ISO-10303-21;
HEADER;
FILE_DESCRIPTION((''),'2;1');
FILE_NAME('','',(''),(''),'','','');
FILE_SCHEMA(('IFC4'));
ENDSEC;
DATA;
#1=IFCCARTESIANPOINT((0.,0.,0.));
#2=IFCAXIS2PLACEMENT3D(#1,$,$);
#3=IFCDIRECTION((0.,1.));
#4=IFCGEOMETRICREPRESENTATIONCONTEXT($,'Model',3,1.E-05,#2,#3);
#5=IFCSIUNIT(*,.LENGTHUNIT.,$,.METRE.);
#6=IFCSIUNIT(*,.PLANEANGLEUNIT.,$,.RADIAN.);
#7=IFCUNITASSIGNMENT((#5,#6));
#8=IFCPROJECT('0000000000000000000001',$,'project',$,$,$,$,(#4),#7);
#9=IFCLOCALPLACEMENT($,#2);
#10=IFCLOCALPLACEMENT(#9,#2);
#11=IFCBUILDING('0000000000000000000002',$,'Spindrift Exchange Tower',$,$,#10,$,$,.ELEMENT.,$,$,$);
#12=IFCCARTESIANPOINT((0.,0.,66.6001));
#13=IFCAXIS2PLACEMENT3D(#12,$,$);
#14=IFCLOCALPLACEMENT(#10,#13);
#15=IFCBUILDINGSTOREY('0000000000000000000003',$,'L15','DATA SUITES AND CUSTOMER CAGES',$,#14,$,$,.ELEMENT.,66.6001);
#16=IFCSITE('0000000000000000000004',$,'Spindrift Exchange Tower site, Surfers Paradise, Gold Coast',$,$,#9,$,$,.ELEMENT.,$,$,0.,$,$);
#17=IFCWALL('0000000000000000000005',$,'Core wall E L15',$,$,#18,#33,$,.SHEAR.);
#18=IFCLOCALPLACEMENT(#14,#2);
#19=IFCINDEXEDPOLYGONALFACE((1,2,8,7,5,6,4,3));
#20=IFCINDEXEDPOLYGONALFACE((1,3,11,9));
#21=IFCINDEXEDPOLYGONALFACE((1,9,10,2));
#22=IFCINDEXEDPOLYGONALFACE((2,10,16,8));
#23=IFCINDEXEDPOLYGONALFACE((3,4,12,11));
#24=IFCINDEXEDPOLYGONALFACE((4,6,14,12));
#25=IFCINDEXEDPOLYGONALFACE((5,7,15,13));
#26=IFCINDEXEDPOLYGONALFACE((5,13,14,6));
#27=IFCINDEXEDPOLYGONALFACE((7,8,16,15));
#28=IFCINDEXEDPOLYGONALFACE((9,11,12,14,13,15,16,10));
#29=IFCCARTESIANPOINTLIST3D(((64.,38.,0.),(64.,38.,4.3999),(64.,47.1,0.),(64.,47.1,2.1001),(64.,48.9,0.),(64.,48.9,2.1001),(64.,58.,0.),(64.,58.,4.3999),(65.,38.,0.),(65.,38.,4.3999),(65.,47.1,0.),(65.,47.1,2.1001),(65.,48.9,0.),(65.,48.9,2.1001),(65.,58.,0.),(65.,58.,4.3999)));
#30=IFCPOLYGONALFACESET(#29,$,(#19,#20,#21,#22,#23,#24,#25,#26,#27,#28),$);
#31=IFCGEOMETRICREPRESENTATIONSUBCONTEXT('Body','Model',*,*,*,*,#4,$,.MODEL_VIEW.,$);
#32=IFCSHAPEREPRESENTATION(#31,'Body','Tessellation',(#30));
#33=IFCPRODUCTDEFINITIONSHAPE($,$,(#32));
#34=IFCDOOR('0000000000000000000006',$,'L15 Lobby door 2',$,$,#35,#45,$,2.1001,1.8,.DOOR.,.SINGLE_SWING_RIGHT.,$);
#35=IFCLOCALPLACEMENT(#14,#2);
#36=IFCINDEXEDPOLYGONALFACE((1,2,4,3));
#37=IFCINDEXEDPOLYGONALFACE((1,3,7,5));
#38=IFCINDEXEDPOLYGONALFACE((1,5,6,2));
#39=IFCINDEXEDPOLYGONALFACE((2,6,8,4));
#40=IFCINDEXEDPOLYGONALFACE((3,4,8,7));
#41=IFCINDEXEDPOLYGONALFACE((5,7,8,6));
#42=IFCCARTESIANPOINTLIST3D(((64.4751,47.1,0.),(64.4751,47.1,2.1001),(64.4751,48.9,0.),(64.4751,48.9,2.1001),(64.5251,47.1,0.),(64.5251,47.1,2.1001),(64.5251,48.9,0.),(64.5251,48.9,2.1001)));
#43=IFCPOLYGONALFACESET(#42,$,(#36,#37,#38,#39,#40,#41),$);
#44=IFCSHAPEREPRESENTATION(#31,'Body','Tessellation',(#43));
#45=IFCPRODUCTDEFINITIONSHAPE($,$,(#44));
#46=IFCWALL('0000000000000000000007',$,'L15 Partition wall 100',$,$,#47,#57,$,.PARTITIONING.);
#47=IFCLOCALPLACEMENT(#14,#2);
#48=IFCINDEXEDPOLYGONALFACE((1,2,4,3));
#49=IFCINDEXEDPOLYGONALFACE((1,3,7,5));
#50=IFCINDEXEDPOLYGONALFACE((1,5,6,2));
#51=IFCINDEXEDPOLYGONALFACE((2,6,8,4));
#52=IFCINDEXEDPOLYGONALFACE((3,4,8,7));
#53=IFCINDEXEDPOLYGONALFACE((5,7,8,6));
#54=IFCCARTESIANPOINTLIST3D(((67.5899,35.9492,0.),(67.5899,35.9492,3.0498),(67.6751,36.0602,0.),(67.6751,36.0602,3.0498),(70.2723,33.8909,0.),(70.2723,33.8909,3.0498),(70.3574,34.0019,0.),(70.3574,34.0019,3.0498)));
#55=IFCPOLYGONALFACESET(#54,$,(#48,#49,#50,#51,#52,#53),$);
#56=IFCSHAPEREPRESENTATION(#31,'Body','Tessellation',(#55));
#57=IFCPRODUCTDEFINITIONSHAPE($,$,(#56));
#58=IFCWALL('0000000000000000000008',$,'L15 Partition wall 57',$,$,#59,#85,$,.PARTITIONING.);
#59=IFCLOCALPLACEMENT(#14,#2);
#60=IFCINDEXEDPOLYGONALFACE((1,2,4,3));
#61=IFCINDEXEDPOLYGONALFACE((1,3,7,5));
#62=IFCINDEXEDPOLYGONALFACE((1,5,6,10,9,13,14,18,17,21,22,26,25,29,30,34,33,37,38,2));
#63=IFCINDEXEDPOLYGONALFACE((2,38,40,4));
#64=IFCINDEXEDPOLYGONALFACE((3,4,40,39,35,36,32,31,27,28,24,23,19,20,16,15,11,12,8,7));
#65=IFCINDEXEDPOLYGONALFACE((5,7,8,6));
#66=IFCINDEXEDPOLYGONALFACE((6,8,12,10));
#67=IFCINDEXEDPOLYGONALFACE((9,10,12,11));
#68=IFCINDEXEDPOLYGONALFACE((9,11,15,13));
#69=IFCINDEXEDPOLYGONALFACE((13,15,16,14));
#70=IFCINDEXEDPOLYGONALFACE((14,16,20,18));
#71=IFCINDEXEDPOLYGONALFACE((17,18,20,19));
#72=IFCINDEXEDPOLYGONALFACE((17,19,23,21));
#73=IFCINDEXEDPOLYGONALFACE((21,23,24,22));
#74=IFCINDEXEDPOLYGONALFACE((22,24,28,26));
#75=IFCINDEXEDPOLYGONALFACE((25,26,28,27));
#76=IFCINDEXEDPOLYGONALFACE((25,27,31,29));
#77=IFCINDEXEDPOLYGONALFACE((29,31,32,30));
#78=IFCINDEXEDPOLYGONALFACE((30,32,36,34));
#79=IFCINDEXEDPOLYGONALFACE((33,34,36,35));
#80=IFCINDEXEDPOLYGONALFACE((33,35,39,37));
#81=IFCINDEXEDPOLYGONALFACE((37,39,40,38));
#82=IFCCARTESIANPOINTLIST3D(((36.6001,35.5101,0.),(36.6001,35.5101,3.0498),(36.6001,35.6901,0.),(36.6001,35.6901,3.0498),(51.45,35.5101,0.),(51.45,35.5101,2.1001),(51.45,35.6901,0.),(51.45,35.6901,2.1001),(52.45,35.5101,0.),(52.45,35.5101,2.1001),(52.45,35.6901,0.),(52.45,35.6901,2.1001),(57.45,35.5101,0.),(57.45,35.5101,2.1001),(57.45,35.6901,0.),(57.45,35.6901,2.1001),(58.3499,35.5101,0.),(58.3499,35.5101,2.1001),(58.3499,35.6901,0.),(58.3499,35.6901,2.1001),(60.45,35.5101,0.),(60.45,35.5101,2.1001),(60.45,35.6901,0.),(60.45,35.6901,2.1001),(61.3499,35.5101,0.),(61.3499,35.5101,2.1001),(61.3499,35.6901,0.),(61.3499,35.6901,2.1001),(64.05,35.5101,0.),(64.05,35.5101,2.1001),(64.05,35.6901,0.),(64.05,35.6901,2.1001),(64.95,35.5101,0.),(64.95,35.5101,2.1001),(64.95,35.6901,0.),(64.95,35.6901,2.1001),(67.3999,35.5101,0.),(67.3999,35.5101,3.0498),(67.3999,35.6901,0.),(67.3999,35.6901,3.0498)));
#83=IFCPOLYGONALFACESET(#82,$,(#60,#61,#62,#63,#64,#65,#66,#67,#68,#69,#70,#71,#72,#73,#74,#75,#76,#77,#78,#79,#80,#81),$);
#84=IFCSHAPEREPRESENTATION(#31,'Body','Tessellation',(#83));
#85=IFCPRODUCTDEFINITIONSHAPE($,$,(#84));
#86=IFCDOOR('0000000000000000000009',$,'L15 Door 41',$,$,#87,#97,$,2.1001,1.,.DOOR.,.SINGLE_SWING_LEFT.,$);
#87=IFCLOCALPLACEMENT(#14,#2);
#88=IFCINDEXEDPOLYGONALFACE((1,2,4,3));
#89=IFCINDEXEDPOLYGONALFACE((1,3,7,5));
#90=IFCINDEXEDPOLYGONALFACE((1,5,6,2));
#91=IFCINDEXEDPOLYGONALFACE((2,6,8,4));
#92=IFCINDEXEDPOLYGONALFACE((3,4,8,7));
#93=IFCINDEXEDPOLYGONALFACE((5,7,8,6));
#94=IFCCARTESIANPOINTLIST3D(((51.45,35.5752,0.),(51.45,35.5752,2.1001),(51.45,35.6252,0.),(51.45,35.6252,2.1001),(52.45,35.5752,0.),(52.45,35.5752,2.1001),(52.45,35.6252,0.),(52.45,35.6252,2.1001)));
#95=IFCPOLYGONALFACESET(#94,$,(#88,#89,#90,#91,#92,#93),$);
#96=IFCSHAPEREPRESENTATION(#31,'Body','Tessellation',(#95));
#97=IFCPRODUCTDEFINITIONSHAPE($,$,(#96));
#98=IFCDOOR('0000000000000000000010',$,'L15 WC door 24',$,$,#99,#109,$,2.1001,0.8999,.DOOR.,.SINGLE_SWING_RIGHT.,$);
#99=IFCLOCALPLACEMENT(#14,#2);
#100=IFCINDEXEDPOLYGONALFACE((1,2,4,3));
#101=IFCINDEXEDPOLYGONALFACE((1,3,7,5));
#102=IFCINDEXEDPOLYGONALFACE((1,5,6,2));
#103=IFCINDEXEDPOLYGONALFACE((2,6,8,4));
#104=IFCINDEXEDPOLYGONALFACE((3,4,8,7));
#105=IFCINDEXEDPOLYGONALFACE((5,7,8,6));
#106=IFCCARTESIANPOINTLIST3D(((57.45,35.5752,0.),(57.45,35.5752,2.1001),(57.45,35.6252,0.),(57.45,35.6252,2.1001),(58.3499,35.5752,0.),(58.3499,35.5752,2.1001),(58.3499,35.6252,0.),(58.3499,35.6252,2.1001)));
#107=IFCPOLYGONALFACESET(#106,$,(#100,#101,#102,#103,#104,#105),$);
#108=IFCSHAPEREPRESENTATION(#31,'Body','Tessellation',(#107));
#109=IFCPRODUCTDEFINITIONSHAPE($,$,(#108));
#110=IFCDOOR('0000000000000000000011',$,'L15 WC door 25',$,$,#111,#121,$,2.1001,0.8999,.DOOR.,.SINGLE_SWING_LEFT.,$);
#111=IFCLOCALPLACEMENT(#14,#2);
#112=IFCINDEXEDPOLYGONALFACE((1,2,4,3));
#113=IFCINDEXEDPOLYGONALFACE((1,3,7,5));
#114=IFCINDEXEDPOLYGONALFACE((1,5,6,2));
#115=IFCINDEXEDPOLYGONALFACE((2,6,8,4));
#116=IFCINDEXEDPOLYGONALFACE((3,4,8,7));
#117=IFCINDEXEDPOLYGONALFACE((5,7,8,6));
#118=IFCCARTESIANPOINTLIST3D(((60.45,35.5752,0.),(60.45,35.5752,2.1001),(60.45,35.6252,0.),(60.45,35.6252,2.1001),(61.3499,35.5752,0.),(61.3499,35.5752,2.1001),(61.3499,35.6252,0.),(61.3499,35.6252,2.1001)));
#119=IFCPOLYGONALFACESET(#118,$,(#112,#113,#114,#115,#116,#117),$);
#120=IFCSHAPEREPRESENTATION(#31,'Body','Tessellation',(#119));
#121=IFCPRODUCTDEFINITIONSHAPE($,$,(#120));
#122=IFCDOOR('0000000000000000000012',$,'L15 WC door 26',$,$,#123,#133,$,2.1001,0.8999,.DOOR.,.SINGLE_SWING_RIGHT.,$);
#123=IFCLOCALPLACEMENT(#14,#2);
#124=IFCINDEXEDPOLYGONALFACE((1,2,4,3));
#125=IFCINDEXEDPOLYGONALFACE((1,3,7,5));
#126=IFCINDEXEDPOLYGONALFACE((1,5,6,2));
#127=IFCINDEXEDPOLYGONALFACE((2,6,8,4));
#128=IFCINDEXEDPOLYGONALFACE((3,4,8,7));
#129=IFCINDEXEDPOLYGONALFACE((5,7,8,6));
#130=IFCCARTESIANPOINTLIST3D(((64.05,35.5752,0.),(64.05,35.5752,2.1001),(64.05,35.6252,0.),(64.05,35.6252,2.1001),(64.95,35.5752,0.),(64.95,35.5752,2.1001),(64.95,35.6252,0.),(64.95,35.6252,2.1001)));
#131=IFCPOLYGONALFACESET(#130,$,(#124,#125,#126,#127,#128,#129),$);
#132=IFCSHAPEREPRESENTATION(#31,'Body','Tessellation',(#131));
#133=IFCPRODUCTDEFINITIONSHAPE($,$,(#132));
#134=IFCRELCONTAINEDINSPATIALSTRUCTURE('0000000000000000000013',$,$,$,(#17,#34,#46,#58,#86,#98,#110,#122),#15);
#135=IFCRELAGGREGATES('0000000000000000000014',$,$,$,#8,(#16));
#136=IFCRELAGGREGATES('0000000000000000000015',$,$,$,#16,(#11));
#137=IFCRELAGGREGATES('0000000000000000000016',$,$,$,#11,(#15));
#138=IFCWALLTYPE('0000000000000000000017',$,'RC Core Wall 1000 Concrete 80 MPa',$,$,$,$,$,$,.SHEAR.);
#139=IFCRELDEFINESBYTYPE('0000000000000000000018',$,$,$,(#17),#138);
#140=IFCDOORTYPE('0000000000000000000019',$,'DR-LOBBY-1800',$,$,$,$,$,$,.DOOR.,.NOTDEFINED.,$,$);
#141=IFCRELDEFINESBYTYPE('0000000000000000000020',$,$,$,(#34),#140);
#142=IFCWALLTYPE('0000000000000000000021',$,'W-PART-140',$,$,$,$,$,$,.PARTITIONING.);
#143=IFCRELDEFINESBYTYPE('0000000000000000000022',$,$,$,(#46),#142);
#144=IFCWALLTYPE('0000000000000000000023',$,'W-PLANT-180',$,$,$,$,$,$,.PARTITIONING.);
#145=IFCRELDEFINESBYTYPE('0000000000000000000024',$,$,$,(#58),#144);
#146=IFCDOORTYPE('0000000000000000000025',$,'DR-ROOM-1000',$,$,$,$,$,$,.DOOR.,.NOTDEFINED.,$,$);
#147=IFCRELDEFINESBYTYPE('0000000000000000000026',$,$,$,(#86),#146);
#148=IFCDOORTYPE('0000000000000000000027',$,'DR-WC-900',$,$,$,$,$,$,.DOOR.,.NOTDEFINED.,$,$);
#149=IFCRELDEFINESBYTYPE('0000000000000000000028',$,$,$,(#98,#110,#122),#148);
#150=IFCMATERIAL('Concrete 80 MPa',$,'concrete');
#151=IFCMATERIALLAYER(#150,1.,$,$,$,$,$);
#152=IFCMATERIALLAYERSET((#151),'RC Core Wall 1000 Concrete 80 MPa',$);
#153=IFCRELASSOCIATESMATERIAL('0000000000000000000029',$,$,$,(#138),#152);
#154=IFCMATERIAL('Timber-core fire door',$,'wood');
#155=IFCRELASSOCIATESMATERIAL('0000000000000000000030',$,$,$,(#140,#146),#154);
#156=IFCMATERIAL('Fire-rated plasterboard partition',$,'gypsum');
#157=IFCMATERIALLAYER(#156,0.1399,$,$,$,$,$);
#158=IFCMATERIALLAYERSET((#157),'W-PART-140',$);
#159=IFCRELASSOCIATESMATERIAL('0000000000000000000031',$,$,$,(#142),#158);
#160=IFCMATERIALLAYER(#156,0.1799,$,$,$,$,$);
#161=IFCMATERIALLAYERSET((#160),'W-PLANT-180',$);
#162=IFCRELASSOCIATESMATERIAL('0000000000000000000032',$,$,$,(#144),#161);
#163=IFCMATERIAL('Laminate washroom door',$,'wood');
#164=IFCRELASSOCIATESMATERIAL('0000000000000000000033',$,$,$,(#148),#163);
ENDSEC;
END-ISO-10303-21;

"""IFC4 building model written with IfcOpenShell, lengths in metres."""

from ifc_helpers import new_model, si_unit, direction, frame, frame_2d, origin, place, context, subcontext, project, spatial, rectangle, extrude, source, transform, mapped, material, layer, layer_set, type_object, element, fill, save


model = new_model("IFC4")

# Units and contexts
model_context = context("Model", 3, precision=1e-05, world=origin(), true_north=direction((0.0, 1.0)))
body_context = subcontext(model_context, "Body", "Model", "MODEL_VIEW")
ifc_project = project(units=[si_unit("LENGTHUNIT", "METRE"), si_unit("PLANEANGLEUNIT", "RADIAN")], contexts=[model_context])

# Site, building, storey
site_placement = place(None, origin())
site = spatial("IfcSite", under=ifc_project, at=site_placement, Name="Spindrift Exchange Tower site, Surfers Paradise, Gold Coast", CompositionType="ELEMENT", RefElevation=0.0)
building_placement = place(site_placement, origin())
building = spatial("IfcBuilding", under=site, at=building_placement, Name="Spindrift Exchange Tower", CompositionType="ELEMENT")
storey_placement = place(building_placement, frame((0.0, 0.0, 66.6001)))
storey = spatial("IfcBuildingStorey", under=building, at=storey_placement, Name="L15", Description="DATA SUITES AND CUSTOMER CAGES", CompositionType="ELEMENT", Elevation=66.6001)

# Shared definitions
ifc_material_1 = material(Name="Concrete 80 MPa", Category="concrete")

# Wall, opening, door
ifc_layer_1 = layer(ifc_material_1, 1.0)
ifc_layer_set_1 = layer_set([ifc_layer_1], Name="RC Core Wall 1000 Concrete 80 MPa")
wall_type_1 = type_object("IfcWallType", Name="RC Core Wall 1000 Concrete 80 MPa", PredefinedType="SHEAR", material=ifc_layer_set_1)
wall_1_placement = place(storey_placement, frame((64.5, 38.0, 0.0), z_axis=(0.0, 0.0, 1.0), x_axis=(0.0, 1.0, 0.0)))
wall_1 = element("IfcWall", 1, at=wall_1_placement, inside=storey, type_object=wall_type_1, Name="Core wall E L15", PredefinedType="SHEAR", context=body_context, shape_type="SweptSolid", body=[
    extrude(rectangle(XDim=20.0, YDim=1.0, at=frame_2d((10.0, 0.0))), origin(), (0.0, 0.0, 1.0), 4.3999),
])
opening_1_placement = place(wall_1_placement, frame((9.1001, 0.0, 0.0)))
opening_1 = element("IfcOpeningElement", 2, at=opening_1_placement, cuts=wall_1, PredefinedType="OPENING", context=body_context, shape_type="SweptSolid", body=[
    extrude(rectangle(XDim=1.8, YDim=2.1001, at=frame_2d((0.8999, 1.05))), frame((0.0, 0.51, 0.0), z_axis=(0.0, -1.0, 0.0), x_axis=(1.0, 0.0, 0.0)), (0.0, 0.0, 1.0), 1.02),
])
ifc_material_2 = material(Name="Timber-core fire door", Category="wood")
door_type_1 = type_object("IfcDoorType", Name="DR-LOBBY-1800", OperationType="NOTDEFINED", PredefinedType="DOOR", material=ifc_material_2)
shared_shape_1 = source(origin(), body_context, "Body", "SweptSolid", [
    extrude(rectangle(XDim=1.8, YDim=2.1001, at=frame_2d((0.8999, 1.05))), frame((0.0, 0.0249, 0.0), z_axis=(0.0, -1.0, 0.0), x_axis=(1.0, 0.0, 0.0)), (0.0, 0.0, 1.0), 0.05),
])
door_1_placement = place(opening_1_placement, origin())
door_1 = element("IfcDoor", 3, at=door_1_placement, inside=storey, type_object=door_type_1, Name="L15 Lobby door 2", OperationType="SINGLE_SWING_RIGHT", OverallHeight=2.1001, OverallWidth=1.8, PredefinedType="DOOR", context=body_context, shape_type="MappedRepresentation", body=[
    mapped(shared_shape_1, transform((0.0, 0.0, 0.0), scale=1.0)),
])
fill(opening_1, door_1)

# Wall
ifc_material_3 = material(Name="Fire-rated plasterboard partition", Category="gypsum")
ifc_layer_2 = layer(ifc_material_3, 0.1399)
ifc_layer_set_2 = layer_set([ifc_layer_2], Name="W-PART-140")
wall_type_2 = type_object("IfcWallType", Name="W-PART-140", PredefinedType="PARTITIONING", material=ifc_layer_set_2)
wall_2_placement = place(storey_placement, frame((67.6326, 36.0046, 0.0), z_axis=(0.0, 0.0, 1.0), x_axis=(0.79334, -0.608779, 0.0)))
element("IfcWall", 4, at=wall_2_placement, inside=storey, type_object=wall_type_2, Name="L15 Partition wall 100", PredefinedType="PARTITIONING", context=body_context, shape_type="SweptSolid", body=[
    extrude(rectangle(XDim=3.3811, YDim=0.1399, at=frame_2d((1.6904, 0.0))), origin(), (0.0, 0.0, 1.0), 3.0498),
])

# Wall, openings, doors
ifc_layer_3 = layer(ifc_material_3, 0.1799)
ifc_layer_set_3 = layer_set([ifc_layer_3], Name="W-PLANT-180")
wall_type_3 = type_object("IfcWallType", Name="W-PLANT-180", PredefinedType="PARTITIONING", material=ifc_layer_set_3)
wall_3_placement = place(storey_placement, frame((67.3999, 35.6001, 0.0), z_axis=(0.0, 0.0, 1.0), x_axis=(-1.0, 0.0, 0.0)))
wall_3 = element("IfcWall", 5, at=wall_3_placement, inside=storey, type_object=wall_type_3, Name="L15 Partition wall 57", PredefinedType="PARTITIONING", context=body_context, shape_type="SweptSolid", body=[
    extrude(rectangle(XDim=30.7998, YDim=0.1799, at=frame_2d((15.3999, 0.0))), origin(), (0.0, 0.0, 1.0), 3.0498),
])
opening_2_placement = place(wall_3_placement, frame((9.05, 0.0, 0.0)))
opening_2 = element("IfcOpeningElement", 6, at=opening_2_placement, cuts=wall_3, PredefinedType="OPENING", context=body_context, shape_type="SweptSolid", body=[
    extrude(rectangle(XDim=0.8999, YDim=2.1001, at=frame_2d((0.45, 1.05))), frame((0.0, 0.0999, 0.0), z_axis=(0.0, -1.0, 0.0), x_axis=(1.0, 0.0, 0.0)), (0.0, 0.0, 1.0), 0.2),
])
opening_3_placement = place(wall_3_placement, frame((6.05, 0.0, 0.0)))
opening_3 = element("IfcOpeningElement", 7, at=opening_3_placement, cuts=wall_3, PredefinedType="OPENING", context=body_context, shape_type="SweptSolid", body=[
    extrude(rectangle(XDim=0.8999, YDim=2.1001, at=frame_2d((0.45, 1.05))), frame((0.0, 0.0999, 0.0), z_axis=(0.0, -1.0, 0.0), x_axis=(1.0, 0.0, 0.0)), (0.0, 0.0, 1.0), 0.2),
])
opening_4_placement = place(wall_3_placement, frame((2.45, 0.0, 0.0)))
opening_4 = element("IfcOpeningElement", 8, at=opening_4_placement, cuts=wall_3, PredefinedType="OPENING", context=body_context, shape_type="SweptSolid", body=[
    extrude(rectangle(XDim=0.8999, YDim=2.1001, at=frame_2d((0.45, 1.05))), frame((0.0, 0.0999, 0.0), z_axis=(0.0, -1.0, 0.0), x_axis=(1.0, 0.0, 0.0)), (0.0, 0.0, 1.0), 0.2),
])
opening_5_placement = place(wall_3_placement, frame((14.95, 0.0, 0.0)))
opening_5 = element("IfcOpeningElement", 9, at=opening_5_placement, cuts=wall_3, PredefinedType="OPENING", context=body_context, shape_type="SweptSolid", body=[
    extrude(rectangle(XDim=1.0, YDim=2.1001, at=frame_2d((0.5, 1.05))), frame((0.0, 0.0999, 0.0), z_axis=(0.0, -1.0, 0.0), x_axis=(1.0, 0.0, 0.0)), (0.0, 0.0, 1.0), 0.2),
])
door_type_2 = type_object("IfcDoorType", Name="DR-ROOM-1000", OperationType="NOTDEFINED", PredefinedType="DOOR", material=ifc_material_2)
shared_shape_2 = source(origin(), body_context, "Body", "SweptSolid", [
    extrude(rectangle(XDim=1.0, YDim=2.1001, at=frame_2d((0.5, 1.05))), frame((0.0, 0.0249, 0.0), z_axis=(0.0, -1.0, 0.0), x_axis=(1.0, 0.0, 0.0)), (0.0, 0.0, 1.0), 0.05),
])
door_2_placement = place(opening_5_placement, origin())
door_2 = element("IfcDoor", 10, at=door_2_placement, inside=storey, type_object=door_type_2, Name="L15 Door 41", OperationType="SINGLE_SWING_LEFT", OverallHeight=2.1001, OverallWidth=1.0, PredefinedType="DOOR", context=body_context, shape_type="MappedRepresentation", body=[
    mapped(shared_shape_2, transform((0.0, 0.0, 0.0), scale=1.0)),
])
fill(opening_5, door_2)
ifc_material_4 = material(Name="Laminate washroom door", Category="wood")
door_type_3 = type_object("IfcDoorType", Name="DR-WC-900", OperationType="NOTDEFINED", PredefinedType="DOOR", material=ifc_material_4)
shared_shape_3 = source(origin(), body_context, "Body", "SweptSolid", [
    extrude(rectangle(XDim=0.8999, YDim=2.1001, at=frame_2d((0.45, 1.05))), frame((0.0, 0.0249, 0.0), z_axis=(0.0, -1.0, 0.0), x_axis=(1.0, 0.0, 0.0)), (0.0, 0.0, 1.0), 0.05),
])
door_3_placement = place(opening_2_placement, origin())
door_3 = element("IfcDoor", 11, at=door_3_placement, inside=storey, type_object=door_type_3, Name="L15 WC door 24", OperationType="SINGLE_SWING_RIGHT", OverallHeight=2.1001, OverallWidth=0.8999, PredefinedType="DOOR", context=body_context, shape_type="MappedRepresentation", body=[
    mapped(shared_shape_3, transform((0.0, 0.0, 0.0), scale=1.0)),
])
fill(opening_2, door_3)
door_4_placement = place(opening_3_placement, origin())
door_4 = element("IfcDoor", 12, at=door_4_placement, inside=storey, type_object=door_type_3, Name="L15 WC door 25", OperationType="SINGLE_SWING_LEFT", OverallHeight=2.1001, OverallWidth=0.8999, PredefinedType="DOOR", context=body_context, shape_type="MappedRepresentation", body=[
    mapped(shared_shape_3, transform((0.0, 0.0, 0.0), scale=1.0)),
])
fill(opening_3, door_4)
door_5_placement = place(opening_4_placement, origin())
door_5 = element("IfcDoor", 13, at=door_5_placement, inside=storey, type_object=door_type_3, Name="L15 WC door 26", OperationType="SINGLE_SWING_RIGHT", OverallHeight=2.1001, OverallWidth=0.8999, PredefinedType="DOOR", context=body_context, shape_type="MappedRepresentation", body=[
    mapped(shared_shape_3, transform((0.0, 0.0, 0.0), scale=1.0)),
])
fill(opening_4, door_5)

save(model, "model.ifc")
